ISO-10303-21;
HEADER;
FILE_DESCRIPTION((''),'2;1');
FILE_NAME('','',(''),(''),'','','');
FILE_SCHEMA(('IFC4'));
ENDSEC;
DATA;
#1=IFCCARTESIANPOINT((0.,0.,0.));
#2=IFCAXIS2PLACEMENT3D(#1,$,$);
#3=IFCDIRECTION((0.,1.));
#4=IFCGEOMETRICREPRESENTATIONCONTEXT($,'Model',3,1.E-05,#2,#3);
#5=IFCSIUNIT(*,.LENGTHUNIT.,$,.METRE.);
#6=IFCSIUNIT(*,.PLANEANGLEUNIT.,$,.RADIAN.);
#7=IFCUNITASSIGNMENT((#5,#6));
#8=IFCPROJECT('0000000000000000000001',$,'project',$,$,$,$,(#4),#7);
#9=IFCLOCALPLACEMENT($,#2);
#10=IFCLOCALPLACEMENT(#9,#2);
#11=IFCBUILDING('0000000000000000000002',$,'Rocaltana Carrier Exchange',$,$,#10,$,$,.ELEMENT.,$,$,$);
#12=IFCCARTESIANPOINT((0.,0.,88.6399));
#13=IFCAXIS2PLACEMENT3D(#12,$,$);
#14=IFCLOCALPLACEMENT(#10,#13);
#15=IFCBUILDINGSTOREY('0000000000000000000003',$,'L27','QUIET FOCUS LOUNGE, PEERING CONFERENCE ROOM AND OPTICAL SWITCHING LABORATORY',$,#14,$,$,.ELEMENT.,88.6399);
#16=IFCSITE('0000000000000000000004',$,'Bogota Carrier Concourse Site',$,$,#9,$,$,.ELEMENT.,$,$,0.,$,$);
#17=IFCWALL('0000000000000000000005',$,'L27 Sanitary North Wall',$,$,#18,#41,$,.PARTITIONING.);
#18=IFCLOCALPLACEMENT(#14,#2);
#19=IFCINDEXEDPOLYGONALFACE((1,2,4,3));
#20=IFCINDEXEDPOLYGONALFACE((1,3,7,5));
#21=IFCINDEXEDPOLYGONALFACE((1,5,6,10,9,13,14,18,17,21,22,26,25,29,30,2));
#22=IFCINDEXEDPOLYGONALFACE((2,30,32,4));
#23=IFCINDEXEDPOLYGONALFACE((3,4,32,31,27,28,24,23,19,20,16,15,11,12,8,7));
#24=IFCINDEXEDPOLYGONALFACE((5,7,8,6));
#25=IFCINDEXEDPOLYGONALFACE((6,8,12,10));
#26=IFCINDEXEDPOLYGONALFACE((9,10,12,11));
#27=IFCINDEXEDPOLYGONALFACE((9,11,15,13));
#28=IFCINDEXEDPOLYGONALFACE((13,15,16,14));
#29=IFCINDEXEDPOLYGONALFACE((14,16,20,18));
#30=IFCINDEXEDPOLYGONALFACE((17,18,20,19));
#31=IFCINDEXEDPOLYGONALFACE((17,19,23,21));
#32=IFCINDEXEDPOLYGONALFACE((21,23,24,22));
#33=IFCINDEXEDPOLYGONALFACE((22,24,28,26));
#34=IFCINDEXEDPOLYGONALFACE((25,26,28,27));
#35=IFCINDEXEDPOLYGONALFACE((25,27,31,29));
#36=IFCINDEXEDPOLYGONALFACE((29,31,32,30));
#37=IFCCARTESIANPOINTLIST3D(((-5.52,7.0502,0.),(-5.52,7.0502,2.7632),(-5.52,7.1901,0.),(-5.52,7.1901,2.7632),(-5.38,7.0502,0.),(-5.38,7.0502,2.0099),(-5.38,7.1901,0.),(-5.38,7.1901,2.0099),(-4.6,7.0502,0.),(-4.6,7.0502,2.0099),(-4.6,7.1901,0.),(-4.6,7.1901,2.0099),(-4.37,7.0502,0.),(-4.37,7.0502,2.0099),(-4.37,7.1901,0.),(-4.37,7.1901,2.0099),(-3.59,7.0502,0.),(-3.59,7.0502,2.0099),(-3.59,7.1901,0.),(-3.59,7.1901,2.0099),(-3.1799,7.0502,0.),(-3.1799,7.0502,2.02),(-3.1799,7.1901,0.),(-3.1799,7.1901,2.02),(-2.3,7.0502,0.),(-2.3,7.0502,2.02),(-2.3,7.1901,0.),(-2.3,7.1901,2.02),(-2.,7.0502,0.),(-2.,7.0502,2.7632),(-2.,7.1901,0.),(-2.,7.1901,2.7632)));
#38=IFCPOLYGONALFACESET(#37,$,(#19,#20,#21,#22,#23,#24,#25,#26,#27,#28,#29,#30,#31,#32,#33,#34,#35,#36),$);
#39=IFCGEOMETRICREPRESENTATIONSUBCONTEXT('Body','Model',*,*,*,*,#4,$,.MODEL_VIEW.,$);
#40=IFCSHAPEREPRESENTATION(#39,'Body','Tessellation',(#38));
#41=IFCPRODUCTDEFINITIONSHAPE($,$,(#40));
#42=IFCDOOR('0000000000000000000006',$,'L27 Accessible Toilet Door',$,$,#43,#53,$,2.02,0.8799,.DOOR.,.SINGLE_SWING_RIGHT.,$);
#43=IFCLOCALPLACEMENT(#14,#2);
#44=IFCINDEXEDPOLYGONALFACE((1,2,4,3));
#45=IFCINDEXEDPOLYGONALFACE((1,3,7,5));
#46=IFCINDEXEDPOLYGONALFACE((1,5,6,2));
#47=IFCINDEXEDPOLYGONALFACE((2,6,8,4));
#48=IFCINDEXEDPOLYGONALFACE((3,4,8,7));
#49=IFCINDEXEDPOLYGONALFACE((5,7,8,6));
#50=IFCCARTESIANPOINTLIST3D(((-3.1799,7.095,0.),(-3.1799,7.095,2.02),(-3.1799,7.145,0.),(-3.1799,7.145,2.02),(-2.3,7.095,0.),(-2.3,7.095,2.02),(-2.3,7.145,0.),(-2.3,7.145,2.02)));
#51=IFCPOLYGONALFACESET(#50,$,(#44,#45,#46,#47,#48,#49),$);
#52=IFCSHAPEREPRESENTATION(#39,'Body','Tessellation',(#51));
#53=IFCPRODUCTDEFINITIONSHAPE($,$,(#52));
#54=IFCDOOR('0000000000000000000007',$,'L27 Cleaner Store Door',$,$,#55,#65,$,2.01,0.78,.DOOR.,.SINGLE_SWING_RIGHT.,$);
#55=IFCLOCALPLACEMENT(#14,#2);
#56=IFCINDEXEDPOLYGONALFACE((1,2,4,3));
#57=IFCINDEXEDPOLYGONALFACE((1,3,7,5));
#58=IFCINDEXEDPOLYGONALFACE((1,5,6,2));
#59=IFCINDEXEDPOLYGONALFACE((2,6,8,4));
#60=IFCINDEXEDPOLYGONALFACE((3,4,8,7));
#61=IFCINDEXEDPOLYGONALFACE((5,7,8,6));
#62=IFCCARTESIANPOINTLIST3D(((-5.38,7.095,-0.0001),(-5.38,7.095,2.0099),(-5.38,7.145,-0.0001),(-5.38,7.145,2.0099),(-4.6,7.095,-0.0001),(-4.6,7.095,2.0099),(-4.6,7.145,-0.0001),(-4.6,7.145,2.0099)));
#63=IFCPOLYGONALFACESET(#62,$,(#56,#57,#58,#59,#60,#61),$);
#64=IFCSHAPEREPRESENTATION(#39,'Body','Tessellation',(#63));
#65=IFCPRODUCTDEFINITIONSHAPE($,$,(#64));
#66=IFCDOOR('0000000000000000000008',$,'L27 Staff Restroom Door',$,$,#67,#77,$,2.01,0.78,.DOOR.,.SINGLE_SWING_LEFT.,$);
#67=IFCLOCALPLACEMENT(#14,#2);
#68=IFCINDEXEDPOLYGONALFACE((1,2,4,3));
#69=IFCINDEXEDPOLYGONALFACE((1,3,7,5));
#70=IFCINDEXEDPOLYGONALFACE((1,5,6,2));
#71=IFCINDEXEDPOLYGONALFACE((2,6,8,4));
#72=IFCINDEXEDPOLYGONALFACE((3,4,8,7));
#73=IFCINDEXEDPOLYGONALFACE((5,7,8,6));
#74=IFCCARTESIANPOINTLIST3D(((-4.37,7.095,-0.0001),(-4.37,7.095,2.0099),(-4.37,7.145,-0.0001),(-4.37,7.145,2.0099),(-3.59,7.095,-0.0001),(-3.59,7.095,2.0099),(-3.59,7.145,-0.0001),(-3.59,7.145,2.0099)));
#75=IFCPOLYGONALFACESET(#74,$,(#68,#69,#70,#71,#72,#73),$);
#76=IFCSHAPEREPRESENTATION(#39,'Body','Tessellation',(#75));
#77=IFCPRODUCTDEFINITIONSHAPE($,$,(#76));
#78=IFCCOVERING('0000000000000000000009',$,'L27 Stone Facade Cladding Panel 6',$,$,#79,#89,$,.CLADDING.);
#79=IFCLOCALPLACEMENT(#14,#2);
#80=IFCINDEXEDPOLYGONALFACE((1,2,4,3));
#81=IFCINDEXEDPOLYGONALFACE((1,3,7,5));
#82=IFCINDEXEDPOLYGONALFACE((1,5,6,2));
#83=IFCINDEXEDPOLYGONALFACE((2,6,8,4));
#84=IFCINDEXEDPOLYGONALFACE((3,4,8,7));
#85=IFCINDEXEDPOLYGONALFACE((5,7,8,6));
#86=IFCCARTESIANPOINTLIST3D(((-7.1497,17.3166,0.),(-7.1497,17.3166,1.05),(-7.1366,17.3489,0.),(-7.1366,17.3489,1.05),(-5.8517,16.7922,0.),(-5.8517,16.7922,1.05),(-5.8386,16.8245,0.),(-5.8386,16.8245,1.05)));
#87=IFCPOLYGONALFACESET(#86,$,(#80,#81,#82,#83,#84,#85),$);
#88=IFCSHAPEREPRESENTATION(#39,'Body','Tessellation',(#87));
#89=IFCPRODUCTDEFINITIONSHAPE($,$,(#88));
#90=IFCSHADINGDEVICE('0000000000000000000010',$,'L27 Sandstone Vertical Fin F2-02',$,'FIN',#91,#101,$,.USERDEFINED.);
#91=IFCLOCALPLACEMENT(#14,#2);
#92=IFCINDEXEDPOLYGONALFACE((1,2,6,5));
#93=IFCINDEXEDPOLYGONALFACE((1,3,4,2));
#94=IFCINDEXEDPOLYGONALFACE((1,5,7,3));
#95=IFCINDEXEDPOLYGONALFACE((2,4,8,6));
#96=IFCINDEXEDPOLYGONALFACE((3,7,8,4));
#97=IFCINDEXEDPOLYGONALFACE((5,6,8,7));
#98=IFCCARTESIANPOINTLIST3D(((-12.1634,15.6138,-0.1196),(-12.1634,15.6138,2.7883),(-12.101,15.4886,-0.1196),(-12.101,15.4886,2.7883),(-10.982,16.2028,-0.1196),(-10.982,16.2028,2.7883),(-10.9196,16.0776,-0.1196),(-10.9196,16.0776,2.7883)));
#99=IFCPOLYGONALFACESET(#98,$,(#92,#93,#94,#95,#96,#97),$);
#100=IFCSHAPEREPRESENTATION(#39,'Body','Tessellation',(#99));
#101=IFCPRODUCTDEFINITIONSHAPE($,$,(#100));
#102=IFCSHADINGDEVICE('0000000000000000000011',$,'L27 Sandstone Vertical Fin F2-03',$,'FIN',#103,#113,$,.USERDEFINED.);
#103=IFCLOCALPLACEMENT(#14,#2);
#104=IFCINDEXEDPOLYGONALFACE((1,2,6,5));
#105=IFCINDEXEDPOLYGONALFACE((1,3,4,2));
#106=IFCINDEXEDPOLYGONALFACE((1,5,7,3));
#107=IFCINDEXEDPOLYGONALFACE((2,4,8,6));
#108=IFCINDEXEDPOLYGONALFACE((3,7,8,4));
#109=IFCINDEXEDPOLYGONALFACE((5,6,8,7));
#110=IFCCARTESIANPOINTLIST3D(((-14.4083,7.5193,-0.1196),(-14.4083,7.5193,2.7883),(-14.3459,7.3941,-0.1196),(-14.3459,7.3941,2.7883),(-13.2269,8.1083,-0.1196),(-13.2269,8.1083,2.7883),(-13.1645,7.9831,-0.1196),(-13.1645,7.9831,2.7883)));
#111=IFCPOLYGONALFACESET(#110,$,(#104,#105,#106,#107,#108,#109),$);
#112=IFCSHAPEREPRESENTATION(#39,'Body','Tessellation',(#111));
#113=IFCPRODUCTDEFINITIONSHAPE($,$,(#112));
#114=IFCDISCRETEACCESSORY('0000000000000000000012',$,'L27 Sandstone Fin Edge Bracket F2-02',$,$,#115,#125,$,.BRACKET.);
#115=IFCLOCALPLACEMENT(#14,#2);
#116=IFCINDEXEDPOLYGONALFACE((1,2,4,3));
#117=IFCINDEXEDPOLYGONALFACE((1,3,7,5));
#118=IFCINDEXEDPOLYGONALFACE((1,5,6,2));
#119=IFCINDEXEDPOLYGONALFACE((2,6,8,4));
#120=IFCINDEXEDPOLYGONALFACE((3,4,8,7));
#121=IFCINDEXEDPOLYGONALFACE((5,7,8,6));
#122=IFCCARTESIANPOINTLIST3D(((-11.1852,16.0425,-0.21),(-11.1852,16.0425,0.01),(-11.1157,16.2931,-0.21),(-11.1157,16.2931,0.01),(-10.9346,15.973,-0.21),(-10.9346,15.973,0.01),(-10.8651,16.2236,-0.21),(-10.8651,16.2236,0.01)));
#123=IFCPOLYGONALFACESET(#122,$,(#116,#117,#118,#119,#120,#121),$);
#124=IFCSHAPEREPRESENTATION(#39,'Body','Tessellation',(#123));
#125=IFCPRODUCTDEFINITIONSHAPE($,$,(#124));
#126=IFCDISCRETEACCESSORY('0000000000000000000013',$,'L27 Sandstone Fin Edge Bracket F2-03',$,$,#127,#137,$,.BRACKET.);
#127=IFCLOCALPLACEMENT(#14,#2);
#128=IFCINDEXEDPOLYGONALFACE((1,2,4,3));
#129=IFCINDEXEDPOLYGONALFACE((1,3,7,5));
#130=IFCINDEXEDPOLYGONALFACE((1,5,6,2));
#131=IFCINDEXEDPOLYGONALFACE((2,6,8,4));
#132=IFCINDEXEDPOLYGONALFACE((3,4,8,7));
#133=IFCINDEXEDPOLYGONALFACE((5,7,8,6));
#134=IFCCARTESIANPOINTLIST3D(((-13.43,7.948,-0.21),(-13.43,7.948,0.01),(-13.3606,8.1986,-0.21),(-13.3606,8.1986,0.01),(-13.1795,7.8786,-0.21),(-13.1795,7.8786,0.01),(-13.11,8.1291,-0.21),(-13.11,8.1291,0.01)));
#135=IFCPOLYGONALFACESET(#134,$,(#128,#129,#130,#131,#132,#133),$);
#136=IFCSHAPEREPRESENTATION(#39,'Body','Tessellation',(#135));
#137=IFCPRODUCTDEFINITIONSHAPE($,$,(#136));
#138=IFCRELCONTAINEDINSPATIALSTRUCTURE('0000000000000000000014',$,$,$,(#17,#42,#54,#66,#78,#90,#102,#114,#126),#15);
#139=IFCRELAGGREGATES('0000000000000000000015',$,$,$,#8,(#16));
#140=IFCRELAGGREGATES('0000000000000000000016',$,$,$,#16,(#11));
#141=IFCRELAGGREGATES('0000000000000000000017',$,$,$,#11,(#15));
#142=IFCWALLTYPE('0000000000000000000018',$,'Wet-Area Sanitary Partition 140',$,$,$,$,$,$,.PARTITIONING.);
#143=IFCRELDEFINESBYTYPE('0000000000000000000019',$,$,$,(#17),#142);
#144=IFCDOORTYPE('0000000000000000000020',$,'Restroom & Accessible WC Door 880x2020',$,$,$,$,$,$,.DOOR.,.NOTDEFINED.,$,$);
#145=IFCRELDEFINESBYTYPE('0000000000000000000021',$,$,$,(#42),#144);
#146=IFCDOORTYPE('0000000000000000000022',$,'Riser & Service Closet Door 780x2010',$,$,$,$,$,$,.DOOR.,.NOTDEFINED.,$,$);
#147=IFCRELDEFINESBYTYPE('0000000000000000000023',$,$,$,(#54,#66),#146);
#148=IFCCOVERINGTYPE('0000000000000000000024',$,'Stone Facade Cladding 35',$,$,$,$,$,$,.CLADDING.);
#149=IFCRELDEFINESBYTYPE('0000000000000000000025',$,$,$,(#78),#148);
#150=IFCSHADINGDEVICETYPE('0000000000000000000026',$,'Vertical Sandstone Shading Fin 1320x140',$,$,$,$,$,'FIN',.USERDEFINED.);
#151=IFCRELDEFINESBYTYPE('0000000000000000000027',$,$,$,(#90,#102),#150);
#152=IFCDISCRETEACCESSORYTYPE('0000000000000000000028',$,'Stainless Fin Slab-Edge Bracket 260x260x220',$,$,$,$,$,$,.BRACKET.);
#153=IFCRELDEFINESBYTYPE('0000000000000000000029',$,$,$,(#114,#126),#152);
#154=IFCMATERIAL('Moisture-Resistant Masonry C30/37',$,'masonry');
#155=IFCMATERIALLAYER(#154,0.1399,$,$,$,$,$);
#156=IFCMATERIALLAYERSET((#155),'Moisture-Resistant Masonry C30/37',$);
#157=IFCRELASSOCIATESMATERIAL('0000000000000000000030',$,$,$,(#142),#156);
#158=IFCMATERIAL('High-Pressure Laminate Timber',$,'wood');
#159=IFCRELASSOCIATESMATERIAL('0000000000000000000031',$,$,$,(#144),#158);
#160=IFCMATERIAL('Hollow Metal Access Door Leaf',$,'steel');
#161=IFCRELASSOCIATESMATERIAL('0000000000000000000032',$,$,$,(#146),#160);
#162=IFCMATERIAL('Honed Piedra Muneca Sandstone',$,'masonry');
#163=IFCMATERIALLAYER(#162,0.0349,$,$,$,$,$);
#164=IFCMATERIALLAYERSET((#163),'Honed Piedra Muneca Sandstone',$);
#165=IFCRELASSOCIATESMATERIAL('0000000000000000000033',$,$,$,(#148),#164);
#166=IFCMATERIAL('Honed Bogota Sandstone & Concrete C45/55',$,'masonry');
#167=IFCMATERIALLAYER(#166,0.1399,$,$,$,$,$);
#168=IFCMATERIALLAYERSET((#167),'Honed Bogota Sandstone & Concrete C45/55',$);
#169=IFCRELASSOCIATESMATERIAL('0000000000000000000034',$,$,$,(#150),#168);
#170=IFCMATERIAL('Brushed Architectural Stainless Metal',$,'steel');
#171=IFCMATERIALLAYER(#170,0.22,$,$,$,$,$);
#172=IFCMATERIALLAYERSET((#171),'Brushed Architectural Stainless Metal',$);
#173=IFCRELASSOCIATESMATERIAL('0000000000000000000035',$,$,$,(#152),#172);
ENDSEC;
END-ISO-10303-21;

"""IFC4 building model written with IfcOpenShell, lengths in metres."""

from ifc_helpers import new_model, si_unit, direction, frame, frame_2d, origin, origin_2d, place, context, subcontext, project, spatial, rectangle, extrude, material, layer, layer_set, type_object, element, fill, save


model = new_model("IFC4")

# Units and contexts
model_context = context("Model", 3, precision=1e-05, world=origin(), true_north=direction((0.0, 1.0)))
body_context = subcontext(model_context, "Body", "Model", "MODEL_VIEW")
ifc_project = project(units=[si_unit("LENGTHUNIT", "METRE"), si_unit("PLANEANGLEUNIT", "RADIAN")], contexts=[model_context])

# Site, building, storey
site_placement = place(None, origin())
site = spatial("IfcSite", under=ifc_project, at=site_placement, Name="Bogota Carrier Concourse Site", CompositionType="ELEMENT", RefElevation=0.0)
building_placement = place(site_placement, origin())
building = spatial("IfcBuilding", under=site, at=building_placement, Name="Rocaltana Carrier Exchange", CompositionType="ELEMENT")
storey_placement = place(building_placement, frame((0.0, 0.0, 88.6399)))
storey = spatial("IfcBuildingStorey", under=building, at=storey_placement, Name="L27", Description="QUIET FOCUS LOUNGE, PEERING CONFERENCE ROOM AND OPTICAL SWITCHING LABORATORY", CompositionType="ELEMENT", Elevation=88.6399)

# Wall, openings, doors
ifc_material_1 = material(Name="Moisture-Resistant Masonry C30/37", Category="masonry")
ifc_layer_1 = layer(ifc_material_1, 0.1399)
ifc_layer_set_1 = layer_set([ifc_layer_1], Name="Moisture-Resistant Masonry C30/37")
wall_type_1 = type_object("IfcWallType", Name="Wet-Area Sanitary Partition 140", PredefinedType="PARTITIONING", material=ifc_layer_set_1)
wall_1_placement = place(storey_placement, frame((-5.52, 7.1201, 0.0), z_axis=(0.0, 0.0, 1.0), x_axis=(1.0, 0.0, 0.0)))
wall_1 = element("IfcWall", 1, at=wall_1_placement, inside=storey, type_object=wall_type_1, Name="L27 Sanitary North Wall", PredefinedType="PARTITIONING", context=body_context, shape_type="SweptSolid", body=[
    extrude(rectangle(XDim=3.52, YDim=0.1399, at=frame_2d((1.76, 0.0))), origin(), (0.0, 0.0, 1.0), 2.7632),
])
opening_1_placement = place(wall_1_placement, frame((0.1399, 0.0, 0.0)))
opening_1 = element("IfcOpeningElement", 2, at=opening_1_placement, cuts=wall_1, PredefinedType="OPENING", context=body_context, shape_type="SweptSolid", body=[
    extrude(rectangle(XDim=0.78, YDim=2.01, at=frame_2d((0.3901, 1.0049))), frame((0.0, 0.0798, 0.0), z_axis=(0.0, -1.0, 0.0), x_axis=(1.0, 0.0, 0.0)), (0.0, 0.0, 1.0), 0.1599),
])
opening_2_placement = place(wall_1_placement, frame((1.1499, 0.0, 0.0)))
opening_2 = element("IfcOpeningElement", 3, at=opening_2_placement, cuts=wall_1, PredefinedType="OPENING", context=body_context, shape_type="SweptSolid", body=[
    extrude(rectangle(XDim=0.78, YDim=2.01, at=frame_2d((0.3901, 1.0049))), frame((0.0, 0.0798, 0.0), z_axis=(0.0, -1.0, 0.0), x_axis=(1.0, 0.0, 0.0)), (0.0, 0.0, 1.0), 0.1599),
])
opening_3_placement = place(wall_1_placement, frame((2.3401, 0.0, 0.0)))
opening_3 = element("IfcOpeningElement", 4, at=opening_3_placement, cuts=wall_1, PredefinedType="OPENING", context=body_context, shape_type="SweptSolid", body=[
    extrude(rectangle(XDim=0.8799, YDim=2.02, at=frame_2d((0.4399, 1.01))), frame((0.0, 0.0798, 0.0), z_axis=(0.0, -1.0, 0.0), x_axis=(1.0, 0.0, 0.0)), (0.0, 0.0, 1.0), 0.1599),
])
ifc_material_2 = material(Name="High-Pressure Laminate Timber", Category="wood")
door_type_1 = type_object("IfcDoorType", Name="Restroom & Accessible WC Door 880x2020", OperationType="NOTDEFINED", PredefinedType="DOOR", material=ifc_material_2)
door_1_placement = place(opening_3_placement, origin())
door_1 = element("IfcDoor", 5, at=door_1_placement, inside=storey, type_object=door_type_1, Name="L27 Accessible Toilet Door", OperationType="SINGLE_SWING_RIGHT", OverallHeight=2.02, OverallWidth=0.8799, PredefinedType="DOOR", context=body_context, shape_type="SweptSolid", body=[
    extrude(rectangle(XDim=0.8799, YDim=2.02, at=frame_2d((0.4399, 1.01))), frame((0.0, 0.0249, 0.0), z_axis=(0.0, -1.0, 0.0), x_axis=(1.0, 0.0, 0.0)), (0.0, 0.0, 1.0), 0.05),
])
fill(opening_3, door_1)
ifc_material_3 = material(Name="Hollow Metal Access Door Leaf", Category="steel")
door_type_2 = type_object("IfcDoorType", Name="Riser & Service Closet Door 780x2010", OperationType="NOTDEFINED", PredefinedType="DOOR", material=ifc_material_3)
door_2_placement = place(opening_1_placement, origin())
door_2 = element("IfcDoor", 6, at=door_2_placement, inside=storey, type_object=door_type_2, Name="L27 Cleaner Store Door", OperationType="SINGLE_SWING_RIGHT", OverallHeight=2.01, OverallWidth=0.78, PredefinedType="DOOR", context=body_context, shape_type="SweptSolid", body=[
    extrude(rectangle(XDim=0.78, YDim=2.01, at=frame_2d((0.3901, 1.0049))), frame((0.0, 0.0249, 0.0), z_axis=(0.0, -1.0, 0.0), x_axis=(1.0, 0.0, 0.0)), (0.0, 0.0, 1.0), 0.05),
])
fill(opening_1, door_2)
door_3_placement = place(opening_2_placement, origin())
door_3 = element("IfcDoor", 7, at=door_3_placement, inside=storey, type_object=door_type_2, Name="L27 Staff Restroom Door", OperationType="SINGLE_SWING_LEFT", OverallHeight=2.01, OverallWidth=0.78, PredefinedType="DOOR", context=body_context, shape_type="SweptSolid", body=[
    extrude(rectangle(XDim=0.78, YDim=2.01, at=frame_2d((0.3901, 1.0049))), frame((0.0, 0.0249, 0.0), z_axis=(0.0, -1.0, 0.0), x_axis=(1.0, 0.0, 0.0)), (0.0, 0.0, 1.0), 0.05),
])
fill(opening_2, door_3)

# Covering
ifc_material_4 = material(Name="Honed Piedra Muneca Sandstone", Category="masonry")
ifc_layer_2 = layer(ifc_material_4, 0.0349)
ifc_layer_set_2 = layer_set([ifc_layer_2], Name="Honed Piedra Muneca Sandstone")
covering_type = type_object("IfcCoveringType", Name="Stone Facade Cladding 35", PredefinedType="CLADDING", material=ifc_layer_set_2)
covering_placement = place(storey_placement, frame((-6.4941, 17.0706, 0.0), z_axis=(0.0, 0.0, 1.0), x_axis=(-0.927184, 0.374607, 0.0)))
element("IfcCovering", 8, at=covering_placement, inside=storey, type_object=covering_type, Name="L27 Stone Facade Cladding Panel 6", PredefinedType="CLADDING", context=body_context, shape_type="SweptSolid", body=[
    extrude(rectangle(XDim=1.3999, YDim=0.0349, at=origin_2d()), origin(), (0.0, 0.0, 1.0), 1.05),
])

# Shading devices
ifc_material_5 = material(Name="Honed Bogota Sandstone & Concrete C45/55", Category="masonry")
ifc_layer_3 = layer(ifc_material_5, 0.1399)
ifc_layer_set_3 = layer_set([ifc_layer_3], Name="Honed Bogota Sandstone & Concrete C45/55")
shading_device_type = type_object("IfcShadingDeviceType", Name="Vertical Sandstone Shading Fin 1320x140", ElementType="FIN", PredefinedType="USERDEFINED", material=ifc_layer_set_3)
for number, where, z_axis, x_axis, name in (
    (9, (-11.5415, 15.8457, -0.1196), (0.0, 0.0, 1.0), (-0.894934, -0.446198, 0.0), "L27 Sandstone Vertical Fin F2-02"),
    (10, (-13.7864, 7.7512, -0.1196), (0.0, 0.0, 1.0), (-0.894934, -0.446198, 0.0), "L27 Sandstone Vertical Fin F2-03"),
):
    element("IfcShadingDevice", number, at=place(storey_placement, frame(where, z_axis=z_axis, x_axis=x_axis)), inside=storey, type_object=shading_device_type, Name=name, ObjectType="FIN", PredefinedType="USERDEFINED", context=body_context, shape_type="SweptSolid", body=[
        extrude(rectangle(XDim=1.3201, YDim=0.1399, at=origin_2d()), origin(), (0.0, 0.0, 1.0), 2.908),
    ])

# Discrete accessories
ifc_material_6 = material(Name="Brushed Architectural Stainless Metal", Category="steel")
ifc_layer_4 = layer(ifc_material_6, 0.22)
ifc_layer_set_4 = layer_set([ifc_layer_4], Name="Brushed Architectural Stainless Metal")
discrete_accessory_type = type_object("IfcDiscreteAccessoryType", Name="Stainless Fin Slab-Edge Bracket 260x260x220", PredefinedType="BRACKET", material=ifc_layer_set_4)
for number, where, z_axis, x_axis, name in (
    (11, (-11.0251, 16.1331, -0.21), (0.0, 0.0, 1.0), (-0.267238, -0.96363, 0.0), "L27 Sandstone Fin Edge Bracket F2-02"),
    (12, (-13.27, 8.0386, -0.21), (0.0, 0.0, 1.0), (-0.267238, -0.96363, 0.0), "L27 Sandstone Fin Edge Bracket F2-03"),
):
    element("IfcDiscreteAccessory", number, at=place(storey_placement, frame(where, z_axis=z_axis, x_axis=x_axis)), inside=storey, type_object=discrete_accessory_type, Name=name, PredefinedType="BRACKET", context=body_context, shape_type="SweptSolid", body=[
        extrude(rectangle(XDim=0.26, YDim=0.26, at=origin_2d()), origin(), (0.0, 0.0, 1.0), 0.22),
    ])

save(model, "model.ifc")
